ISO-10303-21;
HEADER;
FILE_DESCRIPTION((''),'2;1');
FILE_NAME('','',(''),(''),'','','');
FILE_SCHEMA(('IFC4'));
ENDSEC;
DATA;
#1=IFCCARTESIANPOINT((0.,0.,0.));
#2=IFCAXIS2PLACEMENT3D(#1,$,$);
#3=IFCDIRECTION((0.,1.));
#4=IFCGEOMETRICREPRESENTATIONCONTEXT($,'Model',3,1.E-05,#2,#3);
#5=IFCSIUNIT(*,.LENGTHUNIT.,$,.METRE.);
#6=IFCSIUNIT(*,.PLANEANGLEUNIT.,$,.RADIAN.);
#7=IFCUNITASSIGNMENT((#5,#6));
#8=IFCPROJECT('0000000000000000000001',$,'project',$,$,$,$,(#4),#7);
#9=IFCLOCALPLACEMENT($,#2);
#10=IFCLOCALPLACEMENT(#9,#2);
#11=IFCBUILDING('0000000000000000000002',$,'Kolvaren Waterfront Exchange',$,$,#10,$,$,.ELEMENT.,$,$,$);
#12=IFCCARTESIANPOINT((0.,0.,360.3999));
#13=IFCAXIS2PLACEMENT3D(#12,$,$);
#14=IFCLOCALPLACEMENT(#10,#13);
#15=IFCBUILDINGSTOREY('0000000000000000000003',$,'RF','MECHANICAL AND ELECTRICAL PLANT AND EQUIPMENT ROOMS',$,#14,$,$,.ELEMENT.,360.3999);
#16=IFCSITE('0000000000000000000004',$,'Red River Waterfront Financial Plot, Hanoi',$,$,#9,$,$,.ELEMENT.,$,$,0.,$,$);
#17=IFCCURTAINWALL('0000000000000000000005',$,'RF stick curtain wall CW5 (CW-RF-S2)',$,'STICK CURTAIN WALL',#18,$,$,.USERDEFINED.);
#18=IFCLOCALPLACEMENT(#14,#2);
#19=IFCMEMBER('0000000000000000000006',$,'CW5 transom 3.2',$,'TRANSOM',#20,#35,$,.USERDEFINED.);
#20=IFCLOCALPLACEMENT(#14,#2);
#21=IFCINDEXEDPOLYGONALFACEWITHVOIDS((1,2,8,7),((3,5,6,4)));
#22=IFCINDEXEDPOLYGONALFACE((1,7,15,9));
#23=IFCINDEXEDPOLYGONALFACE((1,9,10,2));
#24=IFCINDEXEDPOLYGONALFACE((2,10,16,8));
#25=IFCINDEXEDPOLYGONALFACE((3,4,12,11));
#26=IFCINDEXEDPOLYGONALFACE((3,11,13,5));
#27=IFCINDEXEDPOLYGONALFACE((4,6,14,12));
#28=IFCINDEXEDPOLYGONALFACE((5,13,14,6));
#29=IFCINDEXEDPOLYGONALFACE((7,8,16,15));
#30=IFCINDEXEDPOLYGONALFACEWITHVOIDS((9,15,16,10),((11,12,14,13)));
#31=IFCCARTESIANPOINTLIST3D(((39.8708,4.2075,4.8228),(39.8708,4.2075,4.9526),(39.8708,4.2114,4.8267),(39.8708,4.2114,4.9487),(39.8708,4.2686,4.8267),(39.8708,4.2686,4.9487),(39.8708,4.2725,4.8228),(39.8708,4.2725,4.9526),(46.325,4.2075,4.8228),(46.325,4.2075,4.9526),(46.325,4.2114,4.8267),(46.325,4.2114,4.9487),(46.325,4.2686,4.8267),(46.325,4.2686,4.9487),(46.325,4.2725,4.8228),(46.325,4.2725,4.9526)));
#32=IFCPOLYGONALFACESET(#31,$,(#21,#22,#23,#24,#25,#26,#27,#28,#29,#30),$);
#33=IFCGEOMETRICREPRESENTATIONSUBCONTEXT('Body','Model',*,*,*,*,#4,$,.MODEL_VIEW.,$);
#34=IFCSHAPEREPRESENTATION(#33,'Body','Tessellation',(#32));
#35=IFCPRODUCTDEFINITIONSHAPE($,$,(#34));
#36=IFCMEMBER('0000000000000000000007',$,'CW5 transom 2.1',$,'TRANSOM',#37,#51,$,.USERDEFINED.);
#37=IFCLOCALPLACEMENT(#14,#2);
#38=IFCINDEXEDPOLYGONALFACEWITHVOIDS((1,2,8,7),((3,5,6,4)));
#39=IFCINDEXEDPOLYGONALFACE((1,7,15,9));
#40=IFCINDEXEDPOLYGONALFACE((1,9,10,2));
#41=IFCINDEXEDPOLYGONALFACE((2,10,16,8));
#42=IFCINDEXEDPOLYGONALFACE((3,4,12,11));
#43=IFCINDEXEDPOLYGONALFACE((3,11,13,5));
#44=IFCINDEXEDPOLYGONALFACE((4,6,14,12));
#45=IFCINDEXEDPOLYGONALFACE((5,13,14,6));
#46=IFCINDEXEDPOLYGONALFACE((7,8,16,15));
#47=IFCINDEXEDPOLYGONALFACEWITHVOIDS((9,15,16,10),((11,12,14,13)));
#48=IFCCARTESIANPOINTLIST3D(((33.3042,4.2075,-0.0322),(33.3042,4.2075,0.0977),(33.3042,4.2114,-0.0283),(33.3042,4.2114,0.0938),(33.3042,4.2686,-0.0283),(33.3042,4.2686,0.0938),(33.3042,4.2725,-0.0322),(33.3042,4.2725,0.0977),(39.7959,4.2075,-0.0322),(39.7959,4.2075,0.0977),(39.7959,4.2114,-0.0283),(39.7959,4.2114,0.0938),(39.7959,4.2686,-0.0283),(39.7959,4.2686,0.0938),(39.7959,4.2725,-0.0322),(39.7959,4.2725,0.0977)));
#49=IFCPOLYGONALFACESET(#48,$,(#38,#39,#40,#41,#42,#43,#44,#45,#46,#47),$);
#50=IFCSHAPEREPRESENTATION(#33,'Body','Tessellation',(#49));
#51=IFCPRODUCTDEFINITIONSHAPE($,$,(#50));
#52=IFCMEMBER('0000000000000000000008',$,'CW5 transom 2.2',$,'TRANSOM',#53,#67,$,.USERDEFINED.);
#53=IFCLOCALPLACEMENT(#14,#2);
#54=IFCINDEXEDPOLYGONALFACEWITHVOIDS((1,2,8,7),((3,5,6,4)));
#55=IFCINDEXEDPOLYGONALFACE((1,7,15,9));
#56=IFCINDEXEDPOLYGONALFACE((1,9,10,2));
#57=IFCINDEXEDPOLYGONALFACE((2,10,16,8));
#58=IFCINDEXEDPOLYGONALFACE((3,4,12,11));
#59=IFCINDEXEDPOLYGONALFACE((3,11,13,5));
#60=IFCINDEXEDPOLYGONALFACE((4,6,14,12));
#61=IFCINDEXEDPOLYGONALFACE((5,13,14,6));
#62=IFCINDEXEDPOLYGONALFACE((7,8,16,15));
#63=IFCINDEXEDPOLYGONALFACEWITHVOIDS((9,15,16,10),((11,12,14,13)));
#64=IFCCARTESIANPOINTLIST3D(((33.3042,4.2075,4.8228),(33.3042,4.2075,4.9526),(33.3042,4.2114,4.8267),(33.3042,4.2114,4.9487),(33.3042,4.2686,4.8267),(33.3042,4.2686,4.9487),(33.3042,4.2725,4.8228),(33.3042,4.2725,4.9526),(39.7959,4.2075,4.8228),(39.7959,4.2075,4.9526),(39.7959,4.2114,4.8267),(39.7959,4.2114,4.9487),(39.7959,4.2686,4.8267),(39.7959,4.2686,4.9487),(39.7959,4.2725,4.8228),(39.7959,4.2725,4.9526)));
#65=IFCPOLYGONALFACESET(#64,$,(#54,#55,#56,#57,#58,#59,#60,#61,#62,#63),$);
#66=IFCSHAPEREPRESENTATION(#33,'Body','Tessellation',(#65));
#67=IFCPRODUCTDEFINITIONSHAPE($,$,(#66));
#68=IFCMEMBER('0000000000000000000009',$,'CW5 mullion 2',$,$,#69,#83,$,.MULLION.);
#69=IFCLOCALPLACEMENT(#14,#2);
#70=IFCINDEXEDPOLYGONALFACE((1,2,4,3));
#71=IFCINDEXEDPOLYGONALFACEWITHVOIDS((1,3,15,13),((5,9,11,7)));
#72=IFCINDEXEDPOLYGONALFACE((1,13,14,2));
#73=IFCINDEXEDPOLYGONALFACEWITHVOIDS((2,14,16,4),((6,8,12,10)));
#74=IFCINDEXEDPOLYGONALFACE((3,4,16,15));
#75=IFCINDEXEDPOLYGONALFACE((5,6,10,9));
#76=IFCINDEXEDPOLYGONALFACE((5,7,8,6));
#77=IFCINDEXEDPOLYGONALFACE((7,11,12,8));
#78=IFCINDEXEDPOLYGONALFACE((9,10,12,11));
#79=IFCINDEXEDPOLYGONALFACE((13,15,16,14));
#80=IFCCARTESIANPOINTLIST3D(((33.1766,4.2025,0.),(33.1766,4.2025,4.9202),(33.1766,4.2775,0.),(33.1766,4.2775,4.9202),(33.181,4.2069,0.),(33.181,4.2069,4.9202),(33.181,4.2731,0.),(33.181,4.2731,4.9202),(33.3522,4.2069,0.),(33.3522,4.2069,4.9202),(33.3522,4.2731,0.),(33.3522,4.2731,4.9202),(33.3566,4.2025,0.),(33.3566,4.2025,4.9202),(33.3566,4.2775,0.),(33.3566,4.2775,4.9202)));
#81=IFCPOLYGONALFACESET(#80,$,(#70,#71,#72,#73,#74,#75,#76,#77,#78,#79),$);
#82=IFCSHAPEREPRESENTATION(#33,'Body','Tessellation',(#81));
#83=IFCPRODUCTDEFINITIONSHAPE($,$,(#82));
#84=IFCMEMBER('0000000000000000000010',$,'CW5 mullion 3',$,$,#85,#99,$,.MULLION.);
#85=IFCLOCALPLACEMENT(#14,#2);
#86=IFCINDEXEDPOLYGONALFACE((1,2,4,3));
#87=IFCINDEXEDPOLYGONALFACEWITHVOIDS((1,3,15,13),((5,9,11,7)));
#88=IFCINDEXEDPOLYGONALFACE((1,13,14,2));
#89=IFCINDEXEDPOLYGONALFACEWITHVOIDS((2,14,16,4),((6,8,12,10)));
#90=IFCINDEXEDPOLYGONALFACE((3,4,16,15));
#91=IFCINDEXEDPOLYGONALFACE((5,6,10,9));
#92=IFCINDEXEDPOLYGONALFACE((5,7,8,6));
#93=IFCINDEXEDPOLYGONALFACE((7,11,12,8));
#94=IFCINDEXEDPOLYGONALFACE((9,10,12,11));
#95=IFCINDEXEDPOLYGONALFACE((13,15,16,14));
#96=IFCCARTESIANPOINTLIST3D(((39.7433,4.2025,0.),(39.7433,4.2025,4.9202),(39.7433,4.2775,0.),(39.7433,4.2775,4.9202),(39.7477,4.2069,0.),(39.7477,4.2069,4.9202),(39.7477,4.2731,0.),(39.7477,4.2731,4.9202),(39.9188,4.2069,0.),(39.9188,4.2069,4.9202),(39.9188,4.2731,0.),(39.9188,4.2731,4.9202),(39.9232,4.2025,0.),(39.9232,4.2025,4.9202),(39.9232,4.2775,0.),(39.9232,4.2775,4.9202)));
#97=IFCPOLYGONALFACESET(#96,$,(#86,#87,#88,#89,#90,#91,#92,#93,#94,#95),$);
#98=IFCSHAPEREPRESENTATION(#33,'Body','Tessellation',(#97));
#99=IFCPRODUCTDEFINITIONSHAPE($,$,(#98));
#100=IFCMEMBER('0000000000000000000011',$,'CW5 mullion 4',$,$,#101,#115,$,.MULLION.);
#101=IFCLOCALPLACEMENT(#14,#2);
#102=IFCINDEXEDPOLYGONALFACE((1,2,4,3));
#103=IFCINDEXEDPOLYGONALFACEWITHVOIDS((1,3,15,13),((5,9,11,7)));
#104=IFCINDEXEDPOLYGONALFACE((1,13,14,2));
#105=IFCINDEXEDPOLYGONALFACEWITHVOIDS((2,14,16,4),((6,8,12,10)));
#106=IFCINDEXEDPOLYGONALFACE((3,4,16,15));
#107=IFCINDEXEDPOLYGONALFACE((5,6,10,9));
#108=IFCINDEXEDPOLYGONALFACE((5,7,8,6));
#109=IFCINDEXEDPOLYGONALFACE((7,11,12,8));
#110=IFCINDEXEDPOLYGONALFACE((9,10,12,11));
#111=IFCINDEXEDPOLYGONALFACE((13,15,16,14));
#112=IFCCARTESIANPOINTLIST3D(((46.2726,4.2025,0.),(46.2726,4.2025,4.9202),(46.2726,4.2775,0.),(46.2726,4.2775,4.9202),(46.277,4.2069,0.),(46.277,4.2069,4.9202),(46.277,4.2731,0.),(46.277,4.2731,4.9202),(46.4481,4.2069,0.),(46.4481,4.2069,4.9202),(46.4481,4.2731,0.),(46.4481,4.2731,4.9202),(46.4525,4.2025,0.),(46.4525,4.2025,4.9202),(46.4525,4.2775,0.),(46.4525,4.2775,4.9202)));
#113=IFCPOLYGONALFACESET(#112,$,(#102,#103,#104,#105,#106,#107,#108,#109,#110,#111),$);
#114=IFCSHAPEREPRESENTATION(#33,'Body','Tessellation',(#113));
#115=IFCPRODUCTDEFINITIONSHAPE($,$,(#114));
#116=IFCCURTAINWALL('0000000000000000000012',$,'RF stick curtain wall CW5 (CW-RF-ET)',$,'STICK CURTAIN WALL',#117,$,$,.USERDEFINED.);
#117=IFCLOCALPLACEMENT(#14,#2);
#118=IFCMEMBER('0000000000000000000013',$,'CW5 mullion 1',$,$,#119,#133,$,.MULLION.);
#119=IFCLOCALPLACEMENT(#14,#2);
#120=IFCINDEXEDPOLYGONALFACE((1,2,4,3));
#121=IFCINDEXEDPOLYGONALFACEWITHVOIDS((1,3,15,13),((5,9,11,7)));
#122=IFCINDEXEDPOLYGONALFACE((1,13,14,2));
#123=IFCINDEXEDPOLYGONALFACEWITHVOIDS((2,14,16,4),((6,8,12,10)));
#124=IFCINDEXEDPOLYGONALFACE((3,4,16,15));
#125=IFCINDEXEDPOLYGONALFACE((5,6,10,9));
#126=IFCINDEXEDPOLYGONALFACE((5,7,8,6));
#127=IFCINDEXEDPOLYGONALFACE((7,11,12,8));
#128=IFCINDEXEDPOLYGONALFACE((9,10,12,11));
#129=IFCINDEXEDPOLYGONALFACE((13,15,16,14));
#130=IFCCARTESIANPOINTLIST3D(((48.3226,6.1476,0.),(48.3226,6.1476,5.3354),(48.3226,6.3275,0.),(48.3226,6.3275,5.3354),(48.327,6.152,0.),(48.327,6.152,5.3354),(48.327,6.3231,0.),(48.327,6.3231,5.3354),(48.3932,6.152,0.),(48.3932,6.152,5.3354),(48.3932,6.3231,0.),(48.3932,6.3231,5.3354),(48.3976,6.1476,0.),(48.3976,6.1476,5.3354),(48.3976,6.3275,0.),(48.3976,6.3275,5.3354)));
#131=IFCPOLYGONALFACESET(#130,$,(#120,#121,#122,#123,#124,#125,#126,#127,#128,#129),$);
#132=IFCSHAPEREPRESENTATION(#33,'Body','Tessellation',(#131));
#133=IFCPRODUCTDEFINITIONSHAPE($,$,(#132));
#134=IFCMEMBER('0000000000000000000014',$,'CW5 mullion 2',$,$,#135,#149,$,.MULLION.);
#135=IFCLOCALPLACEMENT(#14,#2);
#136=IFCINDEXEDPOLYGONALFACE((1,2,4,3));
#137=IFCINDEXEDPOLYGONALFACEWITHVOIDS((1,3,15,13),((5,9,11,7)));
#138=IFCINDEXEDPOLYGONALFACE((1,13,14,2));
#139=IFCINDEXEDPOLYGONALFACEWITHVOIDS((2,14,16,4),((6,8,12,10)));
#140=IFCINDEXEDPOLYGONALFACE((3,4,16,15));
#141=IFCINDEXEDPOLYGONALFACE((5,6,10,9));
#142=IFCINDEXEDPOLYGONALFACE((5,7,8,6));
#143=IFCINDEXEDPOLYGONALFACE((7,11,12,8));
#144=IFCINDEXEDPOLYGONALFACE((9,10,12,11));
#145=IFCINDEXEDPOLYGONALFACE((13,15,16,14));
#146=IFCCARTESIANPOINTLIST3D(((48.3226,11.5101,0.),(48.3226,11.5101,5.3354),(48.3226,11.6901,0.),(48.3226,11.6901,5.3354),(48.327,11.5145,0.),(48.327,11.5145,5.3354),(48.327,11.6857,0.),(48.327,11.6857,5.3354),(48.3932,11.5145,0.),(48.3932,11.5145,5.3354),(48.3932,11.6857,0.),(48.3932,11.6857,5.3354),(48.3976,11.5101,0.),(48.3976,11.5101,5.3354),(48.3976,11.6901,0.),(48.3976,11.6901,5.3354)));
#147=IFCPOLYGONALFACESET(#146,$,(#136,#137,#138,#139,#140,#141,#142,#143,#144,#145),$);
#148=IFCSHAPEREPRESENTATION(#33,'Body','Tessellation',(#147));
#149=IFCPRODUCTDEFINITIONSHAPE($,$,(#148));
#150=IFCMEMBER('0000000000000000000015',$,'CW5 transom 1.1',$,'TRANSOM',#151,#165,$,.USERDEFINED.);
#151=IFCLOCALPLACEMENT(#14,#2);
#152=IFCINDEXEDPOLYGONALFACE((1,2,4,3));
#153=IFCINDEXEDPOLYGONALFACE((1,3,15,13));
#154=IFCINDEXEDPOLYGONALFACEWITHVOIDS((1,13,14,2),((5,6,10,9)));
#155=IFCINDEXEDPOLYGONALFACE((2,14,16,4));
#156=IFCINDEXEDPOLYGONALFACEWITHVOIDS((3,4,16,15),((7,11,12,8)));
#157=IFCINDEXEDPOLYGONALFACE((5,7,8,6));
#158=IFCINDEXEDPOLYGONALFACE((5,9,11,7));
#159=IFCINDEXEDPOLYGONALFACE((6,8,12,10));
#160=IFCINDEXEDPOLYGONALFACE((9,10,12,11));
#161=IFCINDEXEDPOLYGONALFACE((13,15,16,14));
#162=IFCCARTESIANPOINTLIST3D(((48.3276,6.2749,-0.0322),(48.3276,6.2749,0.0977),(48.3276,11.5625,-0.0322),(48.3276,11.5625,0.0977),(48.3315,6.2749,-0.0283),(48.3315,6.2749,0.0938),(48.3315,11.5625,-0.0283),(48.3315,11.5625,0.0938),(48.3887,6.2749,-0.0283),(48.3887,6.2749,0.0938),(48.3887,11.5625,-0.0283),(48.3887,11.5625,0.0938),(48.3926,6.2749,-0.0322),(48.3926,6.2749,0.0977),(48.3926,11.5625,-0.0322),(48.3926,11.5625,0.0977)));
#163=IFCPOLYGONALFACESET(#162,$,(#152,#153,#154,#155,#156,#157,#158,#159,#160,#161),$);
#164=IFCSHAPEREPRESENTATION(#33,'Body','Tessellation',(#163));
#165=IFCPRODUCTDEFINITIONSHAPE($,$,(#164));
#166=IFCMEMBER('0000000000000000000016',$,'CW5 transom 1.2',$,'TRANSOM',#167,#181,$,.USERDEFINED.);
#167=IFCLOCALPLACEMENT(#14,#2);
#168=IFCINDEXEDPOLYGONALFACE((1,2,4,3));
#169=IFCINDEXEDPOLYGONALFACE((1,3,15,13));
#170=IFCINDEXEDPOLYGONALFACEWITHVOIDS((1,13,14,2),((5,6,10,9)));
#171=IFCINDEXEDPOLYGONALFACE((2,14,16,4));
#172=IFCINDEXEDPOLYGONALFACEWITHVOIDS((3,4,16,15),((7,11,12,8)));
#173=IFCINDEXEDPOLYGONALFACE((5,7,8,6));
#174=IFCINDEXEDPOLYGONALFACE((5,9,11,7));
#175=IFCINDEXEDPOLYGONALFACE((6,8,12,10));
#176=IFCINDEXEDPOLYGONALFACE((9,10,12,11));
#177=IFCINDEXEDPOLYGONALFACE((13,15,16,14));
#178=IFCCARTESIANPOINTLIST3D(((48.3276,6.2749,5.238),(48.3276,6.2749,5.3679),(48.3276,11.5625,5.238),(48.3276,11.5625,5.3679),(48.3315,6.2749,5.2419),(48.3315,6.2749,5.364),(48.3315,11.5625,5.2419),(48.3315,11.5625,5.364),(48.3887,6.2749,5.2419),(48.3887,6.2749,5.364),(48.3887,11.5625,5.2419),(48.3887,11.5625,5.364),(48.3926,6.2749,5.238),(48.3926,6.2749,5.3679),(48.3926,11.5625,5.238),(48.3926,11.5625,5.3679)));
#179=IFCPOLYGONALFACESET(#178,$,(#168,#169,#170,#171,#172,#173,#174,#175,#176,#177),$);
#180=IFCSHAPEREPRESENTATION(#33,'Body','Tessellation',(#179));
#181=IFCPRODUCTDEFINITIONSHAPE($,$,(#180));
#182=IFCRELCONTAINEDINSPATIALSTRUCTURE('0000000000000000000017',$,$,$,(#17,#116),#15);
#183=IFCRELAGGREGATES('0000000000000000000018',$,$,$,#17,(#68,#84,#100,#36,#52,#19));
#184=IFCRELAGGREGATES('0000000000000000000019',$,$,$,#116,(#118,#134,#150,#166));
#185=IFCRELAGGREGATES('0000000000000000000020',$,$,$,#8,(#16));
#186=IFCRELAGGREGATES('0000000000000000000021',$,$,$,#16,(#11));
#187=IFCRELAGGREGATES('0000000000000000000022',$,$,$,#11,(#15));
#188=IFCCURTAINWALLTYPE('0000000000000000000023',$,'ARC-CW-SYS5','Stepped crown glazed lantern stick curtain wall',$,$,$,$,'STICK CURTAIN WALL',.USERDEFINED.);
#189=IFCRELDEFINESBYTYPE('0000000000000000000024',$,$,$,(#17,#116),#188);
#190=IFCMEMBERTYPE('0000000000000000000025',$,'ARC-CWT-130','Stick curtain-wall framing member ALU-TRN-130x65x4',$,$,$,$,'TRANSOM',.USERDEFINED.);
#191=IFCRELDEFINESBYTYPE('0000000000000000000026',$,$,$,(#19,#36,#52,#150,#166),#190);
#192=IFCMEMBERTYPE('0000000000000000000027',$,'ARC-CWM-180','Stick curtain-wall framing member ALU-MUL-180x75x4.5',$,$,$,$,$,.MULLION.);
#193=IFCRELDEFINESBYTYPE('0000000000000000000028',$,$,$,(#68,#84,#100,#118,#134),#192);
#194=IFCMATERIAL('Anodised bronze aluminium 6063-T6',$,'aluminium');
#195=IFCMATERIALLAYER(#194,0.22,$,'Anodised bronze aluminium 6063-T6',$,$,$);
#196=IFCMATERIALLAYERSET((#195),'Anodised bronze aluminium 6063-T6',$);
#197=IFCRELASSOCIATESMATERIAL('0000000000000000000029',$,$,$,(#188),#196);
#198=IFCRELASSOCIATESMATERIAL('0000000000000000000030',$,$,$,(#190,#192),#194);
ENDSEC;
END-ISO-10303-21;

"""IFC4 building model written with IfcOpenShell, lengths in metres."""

from ifc_helpers import new_model, si_unit, direction, frame, origin, origin_with_axes, origin_2d, place, context, subcontext, project, spatial, hollow_rectangle, extrude, source, transform, mapped, material, layer, layer_set, material_profile, profile_set, type_object, element, aggregate, save


model = new_model("IFC4")

# Units and contexts
model_context = context("Model", 3, precision=1e-05, world=origin(), true_north=direction((0.0, 1.0)))
body_context = subcontext(model_context, "Body", "Model", "MODEL_VIEW")
ifc_project = project(units=[si_unit("LENGTHUNIT", "METRE"), si_unit("PLANEANGLEUNIT", "RADIAN")], contexts=[model_context])

# Site, building, storey
site_placement = place(None, origin())
site = spatial("IfcSite", under=ifc_project, at=site_placement, Name="Red River Waterfront Financial Plot, Hanoi", CompositionType="ELEMENT", RefElevation=0.0)
building_placement = place(site_placement, origin())
building = spatial("IfcBuilding", under=site, at=building_placement, Name="Kolvaren Waterfront Exchange", CompositionType="ELEMENT")
storey_placement = place(building_placement, frame((0.0, 0.0, 360.3999)))
storey = spatial("IfcBuildingStorey", under=building, at=storey_placement, Name="RF", Description="MECHANICAL AND ELECTRICAL PLANT AND EQUIPMENT ROOMS", CompositionType="ELEMENT", Elevation=360.3999)

# Curtain walls, members
ifc_material_1 = material(Name="Anodised bronze aluminium 6063-T6", Category="aluminium")
ifc_layer_1 = layer(ifc_material_1, 0.22, Name="Anodised bronze aluminium 6063-T6")
ifc_layer_set_1 = layer_set([ifc_layer_1], Name="Anodised bronze aluminium 6063-T6")
curtain_wall_type = type_object("IfcCurtainWallType", Name="ARC-CW-SYS5", Description="Stepped crown glazed lantern stick curtain wall", ElementType="STICK CURTAIN WALL", PredefinedType="USERDEFINED", material=ifc_layer_set_1)
curtain_wall_1_placement = place(storey_placement, origin())
curtain_wall_1 = element("IfcCurtainWall", 1, at=curtain_wall_1_placement, inside=storey, type_object=curtain_wall_type, Name="RF stick curtain wall CW5 (CW-RF-S2)", ObjectType="STICK CURTAIN WALL", PredefinedType="USERDEFINED")
ifc_material_profile_1 = material_profile(ifc_material_1, hollow_rectangle(XDim=0.0649, YDim=0.1299, WallThickness=0.0039, at=origin_2d()), Name="ALU-TRN-130x65x4")
ifc_profile_set_1 = profile_set([ifc_material_profile_1], Name="Anodised bronze aluminium 6063-T6")
member_type_1 = type_object("IfcMemberType", Name="ARC-CWT-130", Description="Stick curtain-wall framing member ALU-TRN-130x65x4", ElementType="TRANSOM", PredefinedType="USERDEFINED", material=ifc_profile_set_1)
shared_shape_1 = source(origin_with_axes(), body_context, "Body", "SweptSolid", [
    extrude(hollow_rectangle(XDim=0.0649, YDim=0.1299, WallThickness=0.0039, at=origin_2d()), origin(), (0.0, 0.0, 1.0), 6.4541),
])
member_1_placement = place(storey_placement, frame((39.8708, 4.24, 4.8877), z_axis=(1.0, 0.0, 0.0), x_axis=(0.0, 1.0, 0.0)))
member_1 = element("IfcMember", 2, at=member_1_placement, type_object=member_type_1, Name="CW5 transom 3.2", ObjectType="TRANSOM", PredefinedType="USERDEFINED", context=body_context, shape_type="MappedRepresentation", body=[
    mapped(shared_shape_1, transform((0.0, 0.0, 0.0), x_axis=(1.0, 0.0, 0.0), y_axis=(0.0, 1.0, 0.0), z_axis=(0.0, 0.0, 1.0), scale=1.0)),
])
shared_shape_2 = source(origin_with_axes(), body_context, "Body", "SweptSolid", [
    extrude(hollow_rectangle(XDim=0.0649, YDim=0.1299, WallThickness=0.0039, at=origin_2d()), origin(), (0.0, 0.0, 1.0), 6.4917),
])
member_2_placement = place(storey_placement, frame((33.3042, 4.24, 0.0327), z_axis=(1.0, 0.0, 0.0), x_axis=(0.0, 1.0, 0.0)))
member_2 = element("IfcMember", 3, at=member_2_placement, type_object=member_type_1, Name="CW5 transom 2.1", ObjectType="TRANSOM", PredefinedType="USERDEFINED", context=body_context, shape_type="MappedRepresentation", body=[
    mapped(shared_shape_2, transform((0.0, 0.0, 0.0), x_axis=(1.0, 0.0, 0.0), y_axis=(0.0, 1.0, 0.0), z_axis=(0.0, 0.0, 1.0), scale=1.0)),
])
member_3_placement = place(storey_placement, frame((33.3042, 4.24, 4.8877), z_axis=(1.0, 0.0, 0.0), x_axis=(0.0, 1.0, 0.0)))
member_3 = element("IfcMember", 4, at=member_3_placement, type_object=member_type_1, Name="CW5 transom 2.2", ObjectType="TRANSOM", PredefinedType="USERDEFINED", context=body_context, shape_type="MappedRepresentation", body=[
    mapped(shared_shape_2, transform((0.0, 0.0, 0.0), x_axis=(1.0, 0.0, 0.0), y_axis=(0.0, 1.0, 0.0), z_axis=(0.0, 0.0, 1.0), scale=1.0)),
])
ifc_material_profile_2 = material_profile(ifc_material_1, hollow_rectangle(XDim=0.075, YDim=0.1799, WallThickness=0.0044, at=origin_2d()), Name="ALU-MUL-180x75x4.5")
ifc_profile_set_2 = profile_set([ifc_material_profile_2], Name="Anodised bronze aluminium 6063-T6")
member_type_2 = type_object("IfcMemberType", Name="ARC-CWM-180", Description="Stick curtain-wall framing member ALU-MUL-180x75x4.5", PredefinedType="MULLION", material=ifc_profile_set_2)
shared_shape_3 = source(origin_with_axes(), body_context, "Body", "SweptSolid", [
    extrude(hollow_rectangle(XDim=0.075, YDim=0.1799, WallThickness=0.0044, at=origin_2d()), origin(), (0.0, 0.0, 1.0), 4.9202),
])
member_4_placement = place(storey_placement, frame((33.2666, 4.24, 0.0), z_axis=(0.0, 0.0, 1.0), x_axis=(0.0, 1.0, 0.0)))
member_4 = element("IfcMember", 5, at=member_4_placement, type_object=member_type_2, Name="CW5 mullion 2", PredefinedType="MULLION", context=body_context, shape_type="MappedRepresentation", body=[
    mapped(shared_shape_3, transform((0.0, 0.0, 0.0), x_axis=(1.0, 0.0, 0.0), y_axis=(0.0, 1.0, 0.0), z_axis=(0.0, 0.0, 1.0), scale=1.0)),
])
member_5_placement = place(storey_placement, frame((39.8333, 4.24, 0.0), z_axis=(0.0, 0.0, 1.0), x_axis=(0.0, 1.0, 0.0)))
member_5 = element("IfcMember", 6, at=member_5_placement, type_object=member_type_2, Name="CW5 mullion 3", PredefinedType="MULLION", context=body_context, shape_type="MappedRepresentation", body=[
    mapped(shared_shape_3, transform((0.0, 0.0, 0.0), x_axis=(1.0, 0.0, 0.0), y_axis=(0.0, 1.0, 0.0), z_axis=(0.0, 0.0, 1.0), scale=1.0)),
])
member_6_placement = place(storey_placement, frame((46.3625, 4.24, 0.0), z_axis=(0.0, 0.0, 1.0), x_axis=(0.0, 1.0, 0.0)))
member_6 = element("IfcMember", 7, at=member_6_placement, type_object=member_type_2, Name="CW5 mullion 4", PredefinedType="MULLION", context=body_context, shape_type="MappedRepresentation", body=[
    mapped(shared_shape_3, transform((0.0, 0.0, 0.0), x_axis=(1.0, 0.0, 0.0), y_axis=(0.0, 1.0, 0.0), z_axis=(0.0, 0.0, 1.0), scale=1.0)),
])
curtain_wall_2_placement = place(storey_placement, origin())
curtain_wall_2 = element("IfcCurtainWall", 8, at=curtain_wall_2_placement, inside=storey, type_object=curtain_wall_type, Name="RF stick curtain wall CW5 (CW-RF-ET)", ObjectType="STICK CURTAIN WALL", PredefinedType="USERDEFINED")
shared_shape_4 = source(origin_with_axes(), body_context, "Body", "SweptSolid", [
    extrude(hollow_rectangle(XDim=0.075, YDim=0.1799, WallThickness=0.0044, at=origin_2d()), origin(), (0.0, 0.0, 1.0), 5.3354),
])
member_7_placement = place(storey_placement, frame((48.3601, 6.2375, 0.0), z_axis=(0.0, 0.0, 1.0), x_axis=(-1.0, 0.0, 0.0)))
member_7 = element("IfcMember", 9, at=member_7_placement, type_object=member_type_2, Name="CW5 mullion 1", PredefinedType="MULLION", context=body_context, shape_type="MappedRepresentation", body=[
    mapped(shared_shape_4, transform((0.0, 0.0, 0.0), x_axis=(1.0, 0.0, 0.0), y_axis=(0.0, 1.0, 0.0), z_axis=(0.0, 0.0, 1.0), scale=1.0)),
])
member_8_placement = place(storey_placement, frame((48.3601, 11.6001, 0.0), z_axis=(0.0, 0.0, 1.0), x_axis=(-1.0, 0.0, 0.0)))
member_8 = element("IfcMember", 10, at=member_8_placement, type_object=member_type_2, Name="CW5 mullion 2", PredefinedType="MULLION", context=body_context, shape_type="MappedRepresentation", body=[
    mapped(shared_shape_4, transform((0.0, 0.0, 0.0), x_axis=(1.0, 0.0, 0.0), y_axis=(0.0, 1.0, 0.0), z_axis=(0.0, 0.0, 1.0), scale=1.0)),
])
shared_shape_5 = source(origin_with_axes(), body_context, "Body", "SweptSolid", [
    extrude(hollow_rectangle(XDim=0.0649, YDim=0.1299, WallThickness=0.0039, at=origin_2d()), origin(), (0.0, 0.0, 1.0), 5.2876),
])
member_9_placement = place(storey_placement, frame((48.3601, 6.2749, 0.0327), z_axis=(0.0, 1.0, 0.0), x_axis=(-1.0, 0.0, 0.0)))
member_9 = element("IfcMember", 11, at=member_9_placement, type_object=member_type_1, Name="CW5 transom 1.1", ObjectType="TRANSOM", PredefinedType="USERDEFINED", context=body_context, shape_type="MappedRepresentation", body=[
    mapped(shared_shape_5, transform((0.0, 0.0, 0.0), x_axis=(1.0, 0.0, 0.0), y_axis=(0.0, 1.0, 0.0), z_axis=(0.0, 0.0, 1.0), scale=1.0)),
])
member_10_placement = place(storey_placement, frame((48.3601, 6.2749, 5.303), z_axis=(0.0, 1.0, 0.0), x_axis=(-1.0, 0.0, 0.0)))
member_10 = element("IfcMember", 12, at=member_10_placement, type_object=member_type_1, Name="CW5 transom 1.2", ObjectType="TRANSOM", PredefinedType="USERDEFINED", context=body_context, shape_type="MappedRepresentation", body=[
    mapped(shared_shape_5, transform((0.0, 0.0, 0.0), x_axis=(1.0, 0.0, 0.0), y_axis=(0.0, 1.0, 0.0), z_axis=(0.0, 0.0, 1.0), scale=1.0)),
])

aggregate(curtain_wall_1, [member_4, member_5, member_6, member_2, member_3, member_1])
aggregate(curtain_wall_2, [member_7, member_8, member_9, member_10])

save(model, "model.ifc")
